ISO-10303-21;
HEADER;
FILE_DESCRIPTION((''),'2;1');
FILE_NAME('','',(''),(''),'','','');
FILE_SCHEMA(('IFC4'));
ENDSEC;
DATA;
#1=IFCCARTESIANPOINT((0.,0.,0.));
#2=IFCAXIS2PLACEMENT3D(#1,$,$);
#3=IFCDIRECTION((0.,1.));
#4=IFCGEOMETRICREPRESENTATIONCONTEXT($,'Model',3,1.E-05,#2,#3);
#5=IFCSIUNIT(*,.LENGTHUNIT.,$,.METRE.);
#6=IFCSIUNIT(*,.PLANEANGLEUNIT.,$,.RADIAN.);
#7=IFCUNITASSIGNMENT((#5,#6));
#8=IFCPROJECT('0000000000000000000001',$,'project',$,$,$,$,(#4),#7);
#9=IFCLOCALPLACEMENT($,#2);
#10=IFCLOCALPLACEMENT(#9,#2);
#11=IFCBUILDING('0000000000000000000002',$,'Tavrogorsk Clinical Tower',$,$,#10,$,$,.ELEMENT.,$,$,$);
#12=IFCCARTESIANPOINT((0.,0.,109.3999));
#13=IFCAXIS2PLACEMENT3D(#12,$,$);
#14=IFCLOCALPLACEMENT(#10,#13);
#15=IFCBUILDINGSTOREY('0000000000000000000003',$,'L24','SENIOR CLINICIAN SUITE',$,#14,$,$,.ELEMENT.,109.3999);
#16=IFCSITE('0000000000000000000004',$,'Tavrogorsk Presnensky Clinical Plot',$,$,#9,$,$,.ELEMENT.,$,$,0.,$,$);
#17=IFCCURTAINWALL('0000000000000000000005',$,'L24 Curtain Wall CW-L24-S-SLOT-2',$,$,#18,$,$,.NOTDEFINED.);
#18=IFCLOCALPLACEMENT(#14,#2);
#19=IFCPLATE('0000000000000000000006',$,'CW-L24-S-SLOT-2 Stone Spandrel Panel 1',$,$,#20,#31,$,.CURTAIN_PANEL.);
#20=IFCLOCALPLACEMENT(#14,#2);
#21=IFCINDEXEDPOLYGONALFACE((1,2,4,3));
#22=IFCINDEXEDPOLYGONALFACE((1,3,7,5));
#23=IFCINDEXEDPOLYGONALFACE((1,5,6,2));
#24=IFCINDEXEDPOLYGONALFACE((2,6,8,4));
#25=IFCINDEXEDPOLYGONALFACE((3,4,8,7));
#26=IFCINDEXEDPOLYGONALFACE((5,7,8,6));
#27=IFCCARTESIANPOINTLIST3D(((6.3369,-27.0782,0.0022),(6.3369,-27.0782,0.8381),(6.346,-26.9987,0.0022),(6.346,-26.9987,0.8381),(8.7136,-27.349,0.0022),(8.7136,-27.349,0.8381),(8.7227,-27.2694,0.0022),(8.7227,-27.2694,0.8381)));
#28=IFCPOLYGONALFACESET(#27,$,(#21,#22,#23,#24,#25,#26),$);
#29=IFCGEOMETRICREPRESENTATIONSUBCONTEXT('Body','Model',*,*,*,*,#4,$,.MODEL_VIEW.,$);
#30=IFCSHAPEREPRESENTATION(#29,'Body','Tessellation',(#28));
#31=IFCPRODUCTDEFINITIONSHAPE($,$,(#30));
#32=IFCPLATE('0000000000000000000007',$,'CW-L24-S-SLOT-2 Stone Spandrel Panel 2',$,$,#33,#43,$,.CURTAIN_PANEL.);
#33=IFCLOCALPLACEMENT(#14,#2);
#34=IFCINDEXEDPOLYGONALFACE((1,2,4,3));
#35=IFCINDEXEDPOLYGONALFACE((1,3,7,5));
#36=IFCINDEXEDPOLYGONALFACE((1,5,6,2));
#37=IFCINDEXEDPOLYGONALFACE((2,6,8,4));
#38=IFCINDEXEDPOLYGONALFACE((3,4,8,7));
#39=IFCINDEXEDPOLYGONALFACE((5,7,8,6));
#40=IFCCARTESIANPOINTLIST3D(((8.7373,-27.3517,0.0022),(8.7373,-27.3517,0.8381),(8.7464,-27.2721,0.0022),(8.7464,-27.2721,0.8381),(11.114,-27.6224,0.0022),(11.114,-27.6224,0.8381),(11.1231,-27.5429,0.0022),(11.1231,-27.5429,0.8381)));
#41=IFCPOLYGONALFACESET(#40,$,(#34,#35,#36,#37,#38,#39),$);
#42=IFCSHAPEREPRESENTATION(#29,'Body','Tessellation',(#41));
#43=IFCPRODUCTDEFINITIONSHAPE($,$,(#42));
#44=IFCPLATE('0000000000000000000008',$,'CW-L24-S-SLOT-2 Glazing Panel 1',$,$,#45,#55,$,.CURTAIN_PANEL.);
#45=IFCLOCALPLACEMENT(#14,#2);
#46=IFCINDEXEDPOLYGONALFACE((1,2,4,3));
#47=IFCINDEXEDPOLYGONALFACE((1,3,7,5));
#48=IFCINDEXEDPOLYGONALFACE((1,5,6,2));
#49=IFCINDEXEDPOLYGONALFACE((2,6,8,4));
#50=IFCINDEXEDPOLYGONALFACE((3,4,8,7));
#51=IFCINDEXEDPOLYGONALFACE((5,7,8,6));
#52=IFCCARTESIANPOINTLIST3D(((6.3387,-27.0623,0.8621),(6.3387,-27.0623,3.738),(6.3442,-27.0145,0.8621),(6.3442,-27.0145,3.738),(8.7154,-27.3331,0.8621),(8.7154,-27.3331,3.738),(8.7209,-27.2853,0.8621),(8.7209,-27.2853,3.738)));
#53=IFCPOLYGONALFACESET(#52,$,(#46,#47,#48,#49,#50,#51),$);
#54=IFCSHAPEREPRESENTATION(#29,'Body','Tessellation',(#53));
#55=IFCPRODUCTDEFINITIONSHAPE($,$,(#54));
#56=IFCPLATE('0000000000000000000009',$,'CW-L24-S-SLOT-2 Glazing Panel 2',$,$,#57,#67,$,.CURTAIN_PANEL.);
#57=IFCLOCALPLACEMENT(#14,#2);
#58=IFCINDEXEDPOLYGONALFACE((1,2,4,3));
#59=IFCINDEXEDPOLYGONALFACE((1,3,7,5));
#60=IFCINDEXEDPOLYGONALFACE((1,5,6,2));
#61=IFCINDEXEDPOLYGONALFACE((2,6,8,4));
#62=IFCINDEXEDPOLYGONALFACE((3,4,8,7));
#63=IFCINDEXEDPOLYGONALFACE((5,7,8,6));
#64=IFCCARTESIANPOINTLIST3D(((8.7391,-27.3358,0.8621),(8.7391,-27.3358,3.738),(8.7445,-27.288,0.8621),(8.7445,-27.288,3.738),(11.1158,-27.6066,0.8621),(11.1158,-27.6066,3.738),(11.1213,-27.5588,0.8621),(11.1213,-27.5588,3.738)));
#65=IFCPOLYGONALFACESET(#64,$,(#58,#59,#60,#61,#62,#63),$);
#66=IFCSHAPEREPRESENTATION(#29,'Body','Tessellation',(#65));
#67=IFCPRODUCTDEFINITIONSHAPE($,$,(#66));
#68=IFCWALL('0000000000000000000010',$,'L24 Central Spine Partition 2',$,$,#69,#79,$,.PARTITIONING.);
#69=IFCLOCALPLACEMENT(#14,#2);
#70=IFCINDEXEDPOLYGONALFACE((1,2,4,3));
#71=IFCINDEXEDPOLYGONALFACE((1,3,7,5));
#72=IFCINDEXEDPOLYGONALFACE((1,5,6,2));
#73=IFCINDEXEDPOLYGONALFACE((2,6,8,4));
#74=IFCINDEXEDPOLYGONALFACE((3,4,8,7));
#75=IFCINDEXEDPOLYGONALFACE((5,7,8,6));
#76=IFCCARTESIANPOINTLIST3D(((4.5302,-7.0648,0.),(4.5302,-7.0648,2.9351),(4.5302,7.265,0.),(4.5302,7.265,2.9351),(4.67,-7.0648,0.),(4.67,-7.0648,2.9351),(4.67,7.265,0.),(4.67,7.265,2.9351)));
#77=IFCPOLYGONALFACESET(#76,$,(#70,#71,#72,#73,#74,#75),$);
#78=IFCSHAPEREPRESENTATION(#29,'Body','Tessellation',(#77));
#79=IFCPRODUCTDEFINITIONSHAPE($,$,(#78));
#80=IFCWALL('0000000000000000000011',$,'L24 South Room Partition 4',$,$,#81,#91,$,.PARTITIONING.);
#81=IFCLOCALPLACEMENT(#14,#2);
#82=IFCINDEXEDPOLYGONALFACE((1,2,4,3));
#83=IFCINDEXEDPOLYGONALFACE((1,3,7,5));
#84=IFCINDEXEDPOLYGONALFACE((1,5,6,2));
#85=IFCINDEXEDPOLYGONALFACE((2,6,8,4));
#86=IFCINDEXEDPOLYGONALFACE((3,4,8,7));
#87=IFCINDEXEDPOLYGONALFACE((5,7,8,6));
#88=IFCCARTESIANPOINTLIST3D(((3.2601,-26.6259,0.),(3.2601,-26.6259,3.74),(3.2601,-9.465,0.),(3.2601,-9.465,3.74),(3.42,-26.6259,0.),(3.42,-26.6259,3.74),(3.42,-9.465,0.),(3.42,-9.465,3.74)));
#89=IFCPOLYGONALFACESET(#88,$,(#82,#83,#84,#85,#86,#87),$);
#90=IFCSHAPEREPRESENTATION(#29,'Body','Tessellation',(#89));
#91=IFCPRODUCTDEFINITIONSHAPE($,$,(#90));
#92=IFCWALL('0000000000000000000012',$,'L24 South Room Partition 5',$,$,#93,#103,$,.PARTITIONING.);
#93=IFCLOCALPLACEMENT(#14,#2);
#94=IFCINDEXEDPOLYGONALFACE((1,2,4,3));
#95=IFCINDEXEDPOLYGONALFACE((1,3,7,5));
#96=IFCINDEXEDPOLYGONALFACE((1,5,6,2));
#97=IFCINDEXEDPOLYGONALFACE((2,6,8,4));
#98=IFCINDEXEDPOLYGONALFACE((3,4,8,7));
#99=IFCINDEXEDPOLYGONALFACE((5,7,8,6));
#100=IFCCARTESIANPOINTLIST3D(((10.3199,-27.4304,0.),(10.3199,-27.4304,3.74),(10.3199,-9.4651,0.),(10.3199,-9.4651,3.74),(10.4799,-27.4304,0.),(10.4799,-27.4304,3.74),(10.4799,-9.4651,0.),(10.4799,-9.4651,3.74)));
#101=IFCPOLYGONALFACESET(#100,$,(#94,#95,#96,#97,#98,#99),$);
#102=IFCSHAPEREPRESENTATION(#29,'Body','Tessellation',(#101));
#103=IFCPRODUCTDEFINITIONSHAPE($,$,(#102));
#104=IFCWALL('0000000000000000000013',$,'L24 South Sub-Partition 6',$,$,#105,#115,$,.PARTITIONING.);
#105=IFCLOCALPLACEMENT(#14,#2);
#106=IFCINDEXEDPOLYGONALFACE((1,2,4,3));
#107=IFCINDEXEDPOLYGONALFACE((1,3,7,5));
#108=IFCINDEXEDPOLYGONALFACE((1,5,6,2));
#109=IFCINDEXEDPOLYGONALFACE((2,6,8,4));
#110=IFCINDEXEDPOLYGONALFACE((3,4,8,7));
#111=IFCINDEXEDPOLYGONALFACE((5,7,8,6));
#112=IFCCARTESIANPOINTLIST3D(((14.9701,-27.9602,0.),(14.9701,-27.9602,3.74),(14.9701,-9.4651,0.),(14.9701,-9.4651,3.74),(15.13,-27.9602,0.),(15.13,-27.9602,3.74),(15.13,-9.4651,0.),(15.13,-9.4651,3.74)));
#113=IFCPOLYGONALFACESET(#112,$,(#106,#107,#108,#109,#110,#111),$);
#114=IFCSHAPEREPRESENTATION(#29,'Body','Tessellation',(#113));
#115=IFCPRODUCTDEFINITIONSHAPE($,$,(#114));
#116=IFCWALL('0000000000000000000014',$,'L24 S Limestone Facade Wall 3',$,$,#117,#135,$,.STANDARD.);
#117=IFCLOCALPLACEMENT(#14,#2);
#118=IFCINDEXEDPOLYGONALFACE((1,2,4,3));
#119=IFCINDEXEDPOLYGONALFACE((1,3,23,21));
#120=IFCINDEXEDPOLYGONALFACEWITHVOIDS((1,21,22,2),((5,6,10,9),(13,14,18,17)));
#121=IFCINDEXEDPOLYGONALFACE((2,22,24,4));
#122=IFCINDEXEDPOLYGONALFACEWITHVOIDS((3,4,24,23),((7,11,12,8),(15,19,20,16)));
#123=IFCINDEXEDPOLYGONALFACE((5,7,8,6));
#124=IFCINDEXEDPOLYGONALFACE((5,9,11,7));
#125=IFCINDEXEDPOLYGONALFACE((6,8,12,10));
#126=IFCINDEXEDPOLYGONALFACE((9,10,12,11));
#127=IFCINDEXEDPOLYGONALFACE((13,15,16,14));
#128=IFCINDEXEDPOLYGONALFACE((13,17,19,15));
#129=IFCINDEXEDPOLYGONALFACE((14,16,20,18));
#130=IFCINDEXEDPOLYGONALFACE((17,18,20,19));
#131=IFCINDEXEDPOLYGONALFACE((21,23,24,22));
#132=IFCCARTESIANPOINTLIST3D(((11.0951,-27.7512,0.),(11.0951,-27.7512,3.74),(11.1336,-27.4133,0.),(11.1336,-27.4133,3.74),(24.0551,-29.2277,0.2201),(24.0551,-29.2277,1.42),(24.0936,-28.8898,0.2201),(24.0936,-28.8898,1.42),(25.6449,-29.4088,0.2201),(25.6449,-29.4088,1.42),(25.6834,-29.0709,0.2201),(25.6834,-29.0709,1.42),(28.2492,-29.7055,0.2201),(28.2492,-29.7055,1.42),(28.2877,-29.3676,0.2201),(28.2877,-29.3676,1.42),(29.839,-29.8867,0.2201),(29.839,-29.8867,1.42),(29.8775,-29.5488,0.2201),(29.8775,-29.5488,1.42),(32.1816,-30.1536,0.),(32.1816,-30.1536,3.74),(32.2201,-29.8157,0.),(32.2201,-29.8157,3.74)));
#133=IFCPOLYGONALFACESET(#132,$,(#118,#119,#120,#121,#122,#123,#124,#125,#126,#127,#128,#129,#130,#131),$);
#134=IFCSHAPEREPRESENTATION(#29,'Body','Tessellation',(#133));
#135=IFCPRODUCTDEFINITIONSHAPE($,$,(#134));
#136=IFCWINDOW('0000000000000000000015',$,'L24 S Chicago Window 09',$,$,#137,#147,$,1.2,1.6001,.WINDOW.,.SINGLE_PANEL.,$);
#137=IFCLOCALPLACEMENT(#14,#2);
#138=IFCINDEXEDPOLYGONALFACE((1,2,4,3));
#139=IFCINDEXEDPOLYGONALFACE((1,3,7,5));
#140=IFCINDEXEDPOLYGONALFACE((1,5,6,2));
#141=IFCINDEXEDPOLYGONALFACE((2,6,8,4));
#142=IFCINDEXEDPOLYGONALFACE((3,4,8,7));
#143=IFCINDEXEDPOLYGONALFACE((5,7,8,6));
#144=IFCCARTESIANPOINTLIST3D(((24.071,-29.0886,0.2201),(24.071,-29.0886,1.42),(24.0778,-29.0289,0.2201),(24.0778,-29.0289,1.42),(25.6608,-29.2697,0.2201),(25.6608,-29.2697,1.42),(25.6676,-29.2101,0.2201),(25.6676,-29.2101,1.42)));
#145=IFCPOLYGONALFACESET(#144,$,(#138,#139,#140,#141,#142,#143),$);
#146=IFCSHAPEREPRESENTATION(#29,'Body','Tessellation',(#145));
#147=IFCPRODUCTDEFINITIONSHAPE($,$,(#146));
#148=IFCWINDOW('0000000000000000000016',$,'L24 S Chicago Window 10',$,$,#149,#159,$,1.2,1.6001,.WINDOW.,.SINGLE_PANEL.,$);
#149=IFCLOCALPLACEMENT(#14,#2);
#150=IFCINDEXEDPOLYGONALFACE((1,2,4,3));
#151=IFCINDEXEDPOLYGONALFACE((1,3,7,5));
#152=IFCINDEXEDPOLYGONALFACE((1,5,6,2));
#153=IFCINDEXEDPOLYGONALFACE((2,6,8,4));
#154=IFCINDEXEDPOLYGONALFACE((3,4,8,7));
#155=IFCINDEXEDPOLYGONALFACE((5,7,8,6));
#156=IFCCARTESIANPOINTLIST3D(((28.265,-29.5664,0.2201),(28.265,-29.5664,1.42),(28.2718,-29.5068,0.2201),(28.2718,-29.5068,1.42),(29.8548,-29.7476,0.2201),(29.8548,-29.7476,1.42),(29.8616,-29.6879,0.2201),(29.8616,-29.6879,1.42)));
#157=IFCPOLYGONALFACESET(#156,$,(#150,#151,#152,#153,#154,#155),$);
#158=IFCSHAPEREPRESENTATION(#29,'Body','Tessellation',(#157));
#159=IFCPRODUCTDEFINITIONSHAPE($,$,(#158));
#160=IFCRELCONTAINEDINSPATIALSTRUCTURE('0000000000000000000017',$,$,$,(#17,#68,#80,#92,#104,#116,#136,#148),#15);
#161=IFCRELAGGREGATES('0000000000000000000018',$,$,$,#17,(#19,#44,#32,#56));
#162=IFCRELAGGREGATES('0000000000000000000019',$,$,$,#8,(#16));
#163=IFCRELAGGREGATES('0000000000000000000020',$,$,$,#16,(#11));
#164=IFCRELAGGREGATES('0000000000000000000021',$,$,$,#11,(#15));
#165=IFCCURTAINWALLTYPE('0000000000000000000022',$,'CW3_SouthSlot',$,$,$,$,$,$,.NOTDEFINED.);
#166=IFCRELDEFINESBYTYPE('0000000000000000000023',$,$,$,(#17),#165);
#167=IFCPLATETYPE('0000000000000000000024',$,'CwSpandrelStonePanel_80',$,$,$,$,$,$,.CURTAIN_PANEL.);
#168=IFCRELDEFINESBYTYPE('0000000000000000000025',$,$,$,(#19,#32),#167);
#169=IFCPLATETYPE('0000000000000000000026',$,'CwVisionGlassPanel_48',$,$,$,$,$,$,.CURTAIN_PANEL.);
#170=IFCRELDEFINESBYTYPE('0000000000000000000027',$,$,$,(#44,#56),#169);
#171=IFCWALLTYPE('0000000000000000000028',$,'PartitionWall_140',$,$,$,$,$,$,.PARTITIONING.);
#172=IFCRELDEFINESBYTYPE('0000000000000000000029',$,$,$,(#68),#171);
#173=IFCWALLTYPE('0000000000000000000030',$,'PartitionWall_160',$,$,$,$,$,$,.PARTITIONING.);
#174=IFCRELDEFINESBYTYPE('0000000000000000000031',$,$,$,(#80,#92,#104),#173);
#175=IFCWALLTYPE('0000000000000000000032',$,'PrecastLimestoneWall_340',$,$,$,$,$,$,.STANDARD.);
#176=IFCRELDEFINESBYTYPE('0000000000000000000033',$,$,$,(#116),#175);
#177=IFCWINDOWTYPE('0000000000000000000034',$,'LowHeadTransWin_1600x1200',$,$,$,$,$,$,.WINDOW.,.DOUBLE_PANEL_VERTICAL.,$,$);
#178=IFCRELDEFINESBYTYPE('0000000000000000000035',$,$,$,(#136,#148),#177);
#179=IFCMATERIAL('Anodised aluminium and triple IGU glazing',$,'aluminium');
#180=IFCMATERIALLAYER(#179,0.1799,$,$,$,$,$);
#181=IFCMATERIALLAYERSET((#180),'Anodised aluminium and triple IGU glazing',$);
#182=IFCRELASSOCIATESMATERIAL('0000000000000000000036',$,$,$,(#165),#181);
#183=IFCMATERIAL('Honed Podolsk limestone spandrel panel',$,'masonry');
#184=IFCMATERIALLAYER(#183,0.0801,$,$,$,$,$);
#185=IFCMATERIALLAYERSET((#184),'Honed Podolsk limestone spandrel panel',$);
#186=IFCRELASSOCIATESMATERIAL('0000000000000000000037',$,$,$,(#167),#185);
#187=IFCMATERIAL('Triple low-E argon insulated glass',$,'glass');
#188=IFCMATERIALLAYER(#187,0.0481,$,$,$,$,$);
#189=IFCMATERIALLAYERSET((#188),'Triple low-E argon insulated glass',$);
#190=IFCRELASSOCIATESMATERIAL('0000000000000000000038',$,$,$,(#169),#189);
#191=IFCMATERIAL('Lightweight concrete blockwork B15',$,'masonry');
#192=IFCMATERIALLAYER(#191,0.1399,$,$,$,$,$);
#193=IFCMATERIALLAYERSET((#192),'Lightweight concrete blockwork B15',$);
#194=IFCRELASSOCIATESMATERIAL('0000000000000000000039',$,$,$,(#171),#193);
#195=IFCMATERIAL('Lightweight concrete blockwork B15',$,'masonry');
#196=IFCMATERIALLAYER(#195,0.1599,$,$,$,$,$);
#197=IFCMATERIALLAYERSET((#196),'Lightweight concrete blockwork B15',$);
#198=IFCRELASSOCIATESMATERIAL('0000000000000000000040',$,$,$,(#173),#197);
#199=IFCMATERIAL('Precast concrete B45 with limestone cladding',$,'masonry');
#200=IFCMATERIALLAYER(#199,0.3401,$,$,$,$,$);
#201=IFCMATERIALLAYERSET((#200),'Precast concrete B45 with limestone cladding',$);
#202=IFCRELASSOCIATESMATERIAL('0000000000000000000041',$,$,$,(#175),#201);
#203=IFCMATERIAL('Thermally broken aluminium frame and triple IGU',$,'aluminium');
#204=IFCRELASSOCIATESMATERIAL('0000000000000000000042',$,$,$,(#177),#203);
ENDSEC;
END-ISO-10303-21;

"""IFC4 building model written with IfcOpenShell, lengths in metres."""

from ifc_helpers import new_model, si_unit, direction, frame, frame_2d, origin, origin_2d, place, context, subcontext, project, spatial, rectangle, extrude, material, layer, layer_set, type_object, element, fill, aggregate, save


model = new_model("IFC4")

# Units and contexts
model_context = context("Model", 3, precision=1e-05, world=origin(), true_north=direction((0.0, 1.0)))
body_context = subcontext(model_context, "Body", "Model", "MODEL_VIEW")
ifc_project = project(units=[si_unit("LENGTHUNIT", "METRE"), si_unit("PLANEANGLEUNIT", "RADIAN")], contexts=[model_context])

# Site, building, storey
site_placement = place(None, origin())
site = spatial("IfcSite", under=ifc_project, at=site_placement, Name="Tavrogorsk Presnensky Clinical Plot", CompositionType="ELEMENT", RefElevation=0.0)
building_placement = place(site_placement, origin())
building = spatial("IfcBuilding", under=site, at=building_placement, Name="Tavrogorsk Clinical Tower", CompositionType="ELEMENT")
storey_placement = place(building_placement, frame((0.0, 0.0, 109.3999)))
storey = spatial("IfcBuildingStorey", under=building, at=storey_placement, Name="L24", Description="SENIOR CLINICIAN SUITE", CompositionType="ELEMENT", Elevation=109.3999)

# Curtain wall
ifc_material_1 = material(Name="Anodised aluminium and triple IGU glazing", Category="aluminium")
ifc_layer_1 = layer(ifc_material_1, 0.1799)
ifc_layer_set_1 = layer_set([ifc_layer_1], Name="Anodised aluminium and triple IGU glazing")
curtain_wall_type = type_object("IfcCurtainWallType", Name="CW3_SouthSlot", PredefinedType="NOTDEFINED", material=ifc_layer_set_1)
curtain_wall_placement = place(storey_placement, origin())
curtain_wall = element("IfcCurtainWall", 1, at=curtain_wall_placement, inside=storey, type_object=curtain_wall_type, Name="L24 Curtain Wall CW-L24-S-SLOT-2", PredefinedType="NOTDEFINED")

# Plates
ifc_material_2 = material(Name="Honed Podolsk limestone spandrel panel", Category="masonry")
ifc_layer_2 = layer(ifc_material_2, 0.0801)
ifc_layer_set_2 = layer_set([ifc_layer_2], Name="Honed Podolsk limestone spandrel panel")
plate_type_1 = type_object("IfcPlateType", Name="CwSpandrelStonePanel_80", PredefinedType="CURTAIN_PANEL", material=ifc_layer_set_2)
plate_1_placement = place(storey_placement, frame((7.5298, -27.1738, 0.0022), z_axis=(0.0, 0.0, 1.0), x_axis=(0.993572, -0.113203, 0.0)))
plate_1 = element("IfcPlate", 2, at=plate_1_placement, type_object=plate_type_1, Name="CW-L24-S-SLOT-2 Stone Spandrel Panel 1", PredefinedType="CURTAIN_PANEL", context=body_context, shape_type="SweptSolid", body=[
    extrude(rectangle(XDim=2.3921, YDim=0.0801, at=origin_2d()), origin(), (0.0, 0.0, 1.0), 0.8359),
])
plate_2_placement = place(storey_placement, frame((9.9302, -27.4473, 0.0022), z_axis=(0.0, 0.0, 1.0), x_axis=(0.993572, -0.113203, 0.0)))
plate_2 = element("IfcPlate", 3, at=plate_2_placement, type_object=plate_type_1, Name="CW-L24-S-SLOT-2 Stone Spandrel Panel 2", PredefinedType="CURTAIN_PANEL", context=body_context, shape_type="SweptSolid", body=[
    extrude(rectangle(XDim=2.3921, YDim=0.0801, at=origin_2d()), origin(), (0.0, 0.0, 1.0), 0.8359),
])
ifc_material_3 = material(Name="Triple low-E argon insulated glass", Category="glass")
ifc_layer_3 = layer(ifc_material_3, 0.0481)
ifc_layer_set_3 = layer_set([ifc_layer_3], Name="Triple low-E argon insulated glass")
plate_type_2 = type_object("IfcPlateType", Name="CwVisionGlassPanel_48", PredefinedType="CURTAIN_PANEL", material=ifc_layer_set_3)
plate_3_placement = place(storey_placement, frame((7.5298, -27.1738, 0.8621), z_axis=(0.0, 0.0, 1.0), x_axis=(0.993572, -0.113203, 0.0)))
plate_3 = element("IfcPlate", 4, at=plate_3_placement, type_object=plate_type_2, Name="CW-L24-S-SLOT-2 Glazing Panel 1", PredefinedType="CURTAIN_PANEL", context=body_context, shape_type="SweptSolid", body=[
    extrude(rectangle(XDim=2.3921, YDim=0.0481, at=origin_2d()), origin(), (0.0, 0.0, 1.0), 2.876),
])
plate_4_placement = place(storey_placement, frame((9.9302, -27.4473, 0.8621), z_axis=(0.0, 0.0, 1.0), x_axis=(0.993572, -0.113203, 0.0)))
plate_4 = element("IfcPlate", 5, at=plate_4_placement, type_object=plate_type_2, Name="CW-L24-S-SLOT-2 Glazing Panel 2", PredefinedType="CURTAIN_PANEL", context=body_context, shape_type="SweptSolid", body=[
    extrude(rectangle(XDim=2.3921, YDim=0.0481, at=origin_2d()), origin(), (0.0, 0.0, 1.0), 2.876),
])
aggregate(curtain_wall, [plate_1, plate_3, plate_2, plate_4])

# Walls
ifc_material_4 = material(Name="Lightweight concrete blockwork B15", Category="masonry")
ifc_layer_4 = layer(ifc_material_4, 0.1399)
ifc_layer_set_4 = layer_set([ifc_layer_4], Name="Lightweight concrete blockwork B15")
wall_type_1 = type_object("IfcWallType", Name="PartitionWall_140", PredefinedType="PARTITIONING", material=ifc_layer_set_4)
wall_1_placement = place(storey_placement, frame((4.6001, -7.0649, 0.0), z_axis=(0.0, 0.0, 1.0), x_axis=(0.0, 1.0, 0.0)))
element("IfcWall", 6, at=wall_1_placement, inside=storey, type_object=wall_type_1, Name="L24 Central Spine Partition 2", PredefinedType="PARTITIONING", context=body_context, shape_type="SweptSolid", body=[
    extrude(rectangle(XDim=14.3298, YDim=0.1399, at=frame_2d((7.165, 0.0))), origin(), (0.0, 0.0, 1.0), 2.9351),
])
ifc_material_5 = material(Name="Lightweight concrete blockwork B15", Category="masonry")
ifc_layer_5 = layer(ifc_material_5, 0.1599)
ifc_layer_set_5 = layer_set([ifc_layer_5], Name="Lightweight concrete blockwork B15")
wall_type_2 = type_object("IfcWallType", Name="PartitionWall_160", PredefinedType="PARTITIONING", material=ifc_layer_set_5)
wall_2_placement = place(storey_placement, frame((3.3401, -26.626, 0.0), z_axis=(0.0, 0.0, 1.0), x_axis=(0.0, 1.0, 0.0)))
element("IfcWall", 7, at=wall_2_placement, inside=storey, type_object=wall_type_2, Name="L24 South Room Partition 4", PredefinedType="PARTITIONING", context=body_context, shape_type="SweptSolid", body=[
    extrude(rectangle(XDim=17.1609, YDim=0.1599, at=frame_2d((8.5806, 0.0))), origin(), (0.0, 0.0, 1.0), 3.74),
])
wall_3_placement = place(storey_placement, frame((10.3999, -27.4304, 0.0), z_axis=(0.0, 0.0, 1.0), x_axis=(0.0, 1.0, 0.0)))
element("IfcWall", 8, at=wall_3_placement, inside=storey, type_object=wall_type_2, Name="L24 South Room Partition 5", PredefinedType="PARTITIONING", context=body_context, shape_type="SweptSolid", body=[
    extrude(rectangle(XDim=17.9653, YDim=0.1599, at=frame_2d((8.9827, 0.0))), origin(), (0.0, 0.0, 1.0), 3.74),
])
wall_4_placement = place(storey_placement, frame((15.05, -27.9602, 0.0), z_axis=(0.0, 0.0, 1.0), x_axis=(0.0, 1.0, 0.0)))
element("IfcWall", 9, at=wall_4_placement, inside=storey, type_object=wall_type_2, Name="L24 South Sub-Partition 6", PredefinedType="PARTITIONING", context=body_context, shape_type="SweptSolid", body=[
    extrude(rectangle(XDim=18.4951, YDim=0.1599, at=frame_2d((9.2476, 0.0))), origin(), (0.0, 0.0, 1.0), 3.74),
])

# Wall, openings, windows
ifc_material_6 = material(Name="Precast concrete B45 with limestone cladding", Category="masonry")
ifc_layer_6 = layer(ifc_material_6, 0.3401)
ifc_layer_set_6 = layer_set([ifc_layer_6], Name="Precast concrete B45 with limestone cladding")
wall_type_3 = type_object("IfcWallType", Name="PrecastLimestoneWall_340", PredefinedType="STANDARD", material=ifc_layer_set_6)
wall_5_placement = place(storey_placement, frame((11.1145, -27.5823, 0.0), z_axis=(0.0, 0.0, 1.0), x_axis=(0.993573, -0.113196, 0.0)))
wall_5 = element("IfcWall", 10, at=wall_5_placement, inside=storey, type_object=wall_type_3, Name="L24 S Limestone Facade Wall 3", PredefinedType="STANDARD", context=body_context, shape_type="SweptSolid", body=[
    extrude(rectangle(XDim=21.2229, YDim=0.3401, at=frame_2d((10.6113, 0.0))), origin(), (0.0, 0.0, 1.0), 3.74),
])
opening_1_placement = place(wall_5_placement, frame((13.0437, 0.0, 0.22)))
opening_1 = element("IfcOpeningElement", 11, at=opening_1_placement, cuts=wall_5, PredefinedType="OPENING", context=body_context, shape_type="SweptSolid", body=[
    extrude(rectangle(XDim=1.6001, YDim=1.2, at=frame_2d((0.8, 0.6001))), frame((0.0, 0.1799, 0.0), z_axis=(0.0, -1.0, 0.0), x_axis=(1.0, 0.0, 0.0)), (0.0, 0.0, 1.0), 0.3601),
])
opening_2_placement = place(wall_5_placement, frame((17.2649, 0.0, 0.22)))
opening_2 = element("IfcOpeningElement", 12, at=opening_2_placement, cuts=wall_5, PredefinedType="OPENING", context=body_context, shape_type="SweptSolid", body=[
    extrude(rectangle(XDim=1.6001, YDim=1.2, at=frame_2d((0.8, 0.6001))), frame((0.0, 0.1799, 0.0), z_axis=(0.0, -1.0, 0.0), x_axis=(1.0, 0.0, 0.0)), (0.0, 0.0, 1.0), 0.3601),
])
ifc_material_7 = material(Name="Thermally broken aluminium frame and triple IGU", Category="aluminium")
window_type = type_object("IfcWindowType", Name="LowHeadTransWin_1600x1200", PartitioningType="DOUBLE_PANEL_VERTICAL", PredefinedType="WINDOW", material=ifc_material_7)
window_1_placement = place(opening_1_placement, origin())
window_1 = element("IfcWindow", 13, at=window_1_placement, inside=storey, type_object=window_type, Name="L24 S Chicago Window 09", OverallHeight=1.2, OverallWidth=1.6001, PartitioningType="SINGLE_PANEL", PredefinedType="WINDOW", context=body_context, shape_type="SweptSolid", body=[
    extrude(rectangle(XDim=1.6001, YDim=1.2, at=frame_2d((0.8, 0.6001))), frame((0.0, 0.03, 0.0), z_axis=(0.0, -1.0, 0.0), x_axis=(1.0, 0.0, 0.0)), (0.0, 0.0, 1.0), 0.0601),
])
fill(opening_1, window_1)
window_2_placement = place(opening_2_placement, origin())
window_2 = element("IfcWindow", 14, at=window_2_placement, inside=storey, type_object=window_type, Name="L24 S Chicago Window 10", OverallHeight=1.2, OverallWidth=1.6001, PartitioningType="SINGLE_PANEL", PredefinedType="WINDOW", context=body_context, shape_type="SweptSolid", body=[
    extrude(rectangle(XDim=1.6001, YDim=1.2, at=frame_2d((0.8, 0.6001))), frame((0.0, 0.03, 0.0), z_axis=(0.0, -1.0, 0.0), x_axis=(1.0, 0.0, 0.0)), (0.0, 0.0, 1.0), 0.0601),
])
fill(opening_2, window_2)

save(model, "model.ifc")
